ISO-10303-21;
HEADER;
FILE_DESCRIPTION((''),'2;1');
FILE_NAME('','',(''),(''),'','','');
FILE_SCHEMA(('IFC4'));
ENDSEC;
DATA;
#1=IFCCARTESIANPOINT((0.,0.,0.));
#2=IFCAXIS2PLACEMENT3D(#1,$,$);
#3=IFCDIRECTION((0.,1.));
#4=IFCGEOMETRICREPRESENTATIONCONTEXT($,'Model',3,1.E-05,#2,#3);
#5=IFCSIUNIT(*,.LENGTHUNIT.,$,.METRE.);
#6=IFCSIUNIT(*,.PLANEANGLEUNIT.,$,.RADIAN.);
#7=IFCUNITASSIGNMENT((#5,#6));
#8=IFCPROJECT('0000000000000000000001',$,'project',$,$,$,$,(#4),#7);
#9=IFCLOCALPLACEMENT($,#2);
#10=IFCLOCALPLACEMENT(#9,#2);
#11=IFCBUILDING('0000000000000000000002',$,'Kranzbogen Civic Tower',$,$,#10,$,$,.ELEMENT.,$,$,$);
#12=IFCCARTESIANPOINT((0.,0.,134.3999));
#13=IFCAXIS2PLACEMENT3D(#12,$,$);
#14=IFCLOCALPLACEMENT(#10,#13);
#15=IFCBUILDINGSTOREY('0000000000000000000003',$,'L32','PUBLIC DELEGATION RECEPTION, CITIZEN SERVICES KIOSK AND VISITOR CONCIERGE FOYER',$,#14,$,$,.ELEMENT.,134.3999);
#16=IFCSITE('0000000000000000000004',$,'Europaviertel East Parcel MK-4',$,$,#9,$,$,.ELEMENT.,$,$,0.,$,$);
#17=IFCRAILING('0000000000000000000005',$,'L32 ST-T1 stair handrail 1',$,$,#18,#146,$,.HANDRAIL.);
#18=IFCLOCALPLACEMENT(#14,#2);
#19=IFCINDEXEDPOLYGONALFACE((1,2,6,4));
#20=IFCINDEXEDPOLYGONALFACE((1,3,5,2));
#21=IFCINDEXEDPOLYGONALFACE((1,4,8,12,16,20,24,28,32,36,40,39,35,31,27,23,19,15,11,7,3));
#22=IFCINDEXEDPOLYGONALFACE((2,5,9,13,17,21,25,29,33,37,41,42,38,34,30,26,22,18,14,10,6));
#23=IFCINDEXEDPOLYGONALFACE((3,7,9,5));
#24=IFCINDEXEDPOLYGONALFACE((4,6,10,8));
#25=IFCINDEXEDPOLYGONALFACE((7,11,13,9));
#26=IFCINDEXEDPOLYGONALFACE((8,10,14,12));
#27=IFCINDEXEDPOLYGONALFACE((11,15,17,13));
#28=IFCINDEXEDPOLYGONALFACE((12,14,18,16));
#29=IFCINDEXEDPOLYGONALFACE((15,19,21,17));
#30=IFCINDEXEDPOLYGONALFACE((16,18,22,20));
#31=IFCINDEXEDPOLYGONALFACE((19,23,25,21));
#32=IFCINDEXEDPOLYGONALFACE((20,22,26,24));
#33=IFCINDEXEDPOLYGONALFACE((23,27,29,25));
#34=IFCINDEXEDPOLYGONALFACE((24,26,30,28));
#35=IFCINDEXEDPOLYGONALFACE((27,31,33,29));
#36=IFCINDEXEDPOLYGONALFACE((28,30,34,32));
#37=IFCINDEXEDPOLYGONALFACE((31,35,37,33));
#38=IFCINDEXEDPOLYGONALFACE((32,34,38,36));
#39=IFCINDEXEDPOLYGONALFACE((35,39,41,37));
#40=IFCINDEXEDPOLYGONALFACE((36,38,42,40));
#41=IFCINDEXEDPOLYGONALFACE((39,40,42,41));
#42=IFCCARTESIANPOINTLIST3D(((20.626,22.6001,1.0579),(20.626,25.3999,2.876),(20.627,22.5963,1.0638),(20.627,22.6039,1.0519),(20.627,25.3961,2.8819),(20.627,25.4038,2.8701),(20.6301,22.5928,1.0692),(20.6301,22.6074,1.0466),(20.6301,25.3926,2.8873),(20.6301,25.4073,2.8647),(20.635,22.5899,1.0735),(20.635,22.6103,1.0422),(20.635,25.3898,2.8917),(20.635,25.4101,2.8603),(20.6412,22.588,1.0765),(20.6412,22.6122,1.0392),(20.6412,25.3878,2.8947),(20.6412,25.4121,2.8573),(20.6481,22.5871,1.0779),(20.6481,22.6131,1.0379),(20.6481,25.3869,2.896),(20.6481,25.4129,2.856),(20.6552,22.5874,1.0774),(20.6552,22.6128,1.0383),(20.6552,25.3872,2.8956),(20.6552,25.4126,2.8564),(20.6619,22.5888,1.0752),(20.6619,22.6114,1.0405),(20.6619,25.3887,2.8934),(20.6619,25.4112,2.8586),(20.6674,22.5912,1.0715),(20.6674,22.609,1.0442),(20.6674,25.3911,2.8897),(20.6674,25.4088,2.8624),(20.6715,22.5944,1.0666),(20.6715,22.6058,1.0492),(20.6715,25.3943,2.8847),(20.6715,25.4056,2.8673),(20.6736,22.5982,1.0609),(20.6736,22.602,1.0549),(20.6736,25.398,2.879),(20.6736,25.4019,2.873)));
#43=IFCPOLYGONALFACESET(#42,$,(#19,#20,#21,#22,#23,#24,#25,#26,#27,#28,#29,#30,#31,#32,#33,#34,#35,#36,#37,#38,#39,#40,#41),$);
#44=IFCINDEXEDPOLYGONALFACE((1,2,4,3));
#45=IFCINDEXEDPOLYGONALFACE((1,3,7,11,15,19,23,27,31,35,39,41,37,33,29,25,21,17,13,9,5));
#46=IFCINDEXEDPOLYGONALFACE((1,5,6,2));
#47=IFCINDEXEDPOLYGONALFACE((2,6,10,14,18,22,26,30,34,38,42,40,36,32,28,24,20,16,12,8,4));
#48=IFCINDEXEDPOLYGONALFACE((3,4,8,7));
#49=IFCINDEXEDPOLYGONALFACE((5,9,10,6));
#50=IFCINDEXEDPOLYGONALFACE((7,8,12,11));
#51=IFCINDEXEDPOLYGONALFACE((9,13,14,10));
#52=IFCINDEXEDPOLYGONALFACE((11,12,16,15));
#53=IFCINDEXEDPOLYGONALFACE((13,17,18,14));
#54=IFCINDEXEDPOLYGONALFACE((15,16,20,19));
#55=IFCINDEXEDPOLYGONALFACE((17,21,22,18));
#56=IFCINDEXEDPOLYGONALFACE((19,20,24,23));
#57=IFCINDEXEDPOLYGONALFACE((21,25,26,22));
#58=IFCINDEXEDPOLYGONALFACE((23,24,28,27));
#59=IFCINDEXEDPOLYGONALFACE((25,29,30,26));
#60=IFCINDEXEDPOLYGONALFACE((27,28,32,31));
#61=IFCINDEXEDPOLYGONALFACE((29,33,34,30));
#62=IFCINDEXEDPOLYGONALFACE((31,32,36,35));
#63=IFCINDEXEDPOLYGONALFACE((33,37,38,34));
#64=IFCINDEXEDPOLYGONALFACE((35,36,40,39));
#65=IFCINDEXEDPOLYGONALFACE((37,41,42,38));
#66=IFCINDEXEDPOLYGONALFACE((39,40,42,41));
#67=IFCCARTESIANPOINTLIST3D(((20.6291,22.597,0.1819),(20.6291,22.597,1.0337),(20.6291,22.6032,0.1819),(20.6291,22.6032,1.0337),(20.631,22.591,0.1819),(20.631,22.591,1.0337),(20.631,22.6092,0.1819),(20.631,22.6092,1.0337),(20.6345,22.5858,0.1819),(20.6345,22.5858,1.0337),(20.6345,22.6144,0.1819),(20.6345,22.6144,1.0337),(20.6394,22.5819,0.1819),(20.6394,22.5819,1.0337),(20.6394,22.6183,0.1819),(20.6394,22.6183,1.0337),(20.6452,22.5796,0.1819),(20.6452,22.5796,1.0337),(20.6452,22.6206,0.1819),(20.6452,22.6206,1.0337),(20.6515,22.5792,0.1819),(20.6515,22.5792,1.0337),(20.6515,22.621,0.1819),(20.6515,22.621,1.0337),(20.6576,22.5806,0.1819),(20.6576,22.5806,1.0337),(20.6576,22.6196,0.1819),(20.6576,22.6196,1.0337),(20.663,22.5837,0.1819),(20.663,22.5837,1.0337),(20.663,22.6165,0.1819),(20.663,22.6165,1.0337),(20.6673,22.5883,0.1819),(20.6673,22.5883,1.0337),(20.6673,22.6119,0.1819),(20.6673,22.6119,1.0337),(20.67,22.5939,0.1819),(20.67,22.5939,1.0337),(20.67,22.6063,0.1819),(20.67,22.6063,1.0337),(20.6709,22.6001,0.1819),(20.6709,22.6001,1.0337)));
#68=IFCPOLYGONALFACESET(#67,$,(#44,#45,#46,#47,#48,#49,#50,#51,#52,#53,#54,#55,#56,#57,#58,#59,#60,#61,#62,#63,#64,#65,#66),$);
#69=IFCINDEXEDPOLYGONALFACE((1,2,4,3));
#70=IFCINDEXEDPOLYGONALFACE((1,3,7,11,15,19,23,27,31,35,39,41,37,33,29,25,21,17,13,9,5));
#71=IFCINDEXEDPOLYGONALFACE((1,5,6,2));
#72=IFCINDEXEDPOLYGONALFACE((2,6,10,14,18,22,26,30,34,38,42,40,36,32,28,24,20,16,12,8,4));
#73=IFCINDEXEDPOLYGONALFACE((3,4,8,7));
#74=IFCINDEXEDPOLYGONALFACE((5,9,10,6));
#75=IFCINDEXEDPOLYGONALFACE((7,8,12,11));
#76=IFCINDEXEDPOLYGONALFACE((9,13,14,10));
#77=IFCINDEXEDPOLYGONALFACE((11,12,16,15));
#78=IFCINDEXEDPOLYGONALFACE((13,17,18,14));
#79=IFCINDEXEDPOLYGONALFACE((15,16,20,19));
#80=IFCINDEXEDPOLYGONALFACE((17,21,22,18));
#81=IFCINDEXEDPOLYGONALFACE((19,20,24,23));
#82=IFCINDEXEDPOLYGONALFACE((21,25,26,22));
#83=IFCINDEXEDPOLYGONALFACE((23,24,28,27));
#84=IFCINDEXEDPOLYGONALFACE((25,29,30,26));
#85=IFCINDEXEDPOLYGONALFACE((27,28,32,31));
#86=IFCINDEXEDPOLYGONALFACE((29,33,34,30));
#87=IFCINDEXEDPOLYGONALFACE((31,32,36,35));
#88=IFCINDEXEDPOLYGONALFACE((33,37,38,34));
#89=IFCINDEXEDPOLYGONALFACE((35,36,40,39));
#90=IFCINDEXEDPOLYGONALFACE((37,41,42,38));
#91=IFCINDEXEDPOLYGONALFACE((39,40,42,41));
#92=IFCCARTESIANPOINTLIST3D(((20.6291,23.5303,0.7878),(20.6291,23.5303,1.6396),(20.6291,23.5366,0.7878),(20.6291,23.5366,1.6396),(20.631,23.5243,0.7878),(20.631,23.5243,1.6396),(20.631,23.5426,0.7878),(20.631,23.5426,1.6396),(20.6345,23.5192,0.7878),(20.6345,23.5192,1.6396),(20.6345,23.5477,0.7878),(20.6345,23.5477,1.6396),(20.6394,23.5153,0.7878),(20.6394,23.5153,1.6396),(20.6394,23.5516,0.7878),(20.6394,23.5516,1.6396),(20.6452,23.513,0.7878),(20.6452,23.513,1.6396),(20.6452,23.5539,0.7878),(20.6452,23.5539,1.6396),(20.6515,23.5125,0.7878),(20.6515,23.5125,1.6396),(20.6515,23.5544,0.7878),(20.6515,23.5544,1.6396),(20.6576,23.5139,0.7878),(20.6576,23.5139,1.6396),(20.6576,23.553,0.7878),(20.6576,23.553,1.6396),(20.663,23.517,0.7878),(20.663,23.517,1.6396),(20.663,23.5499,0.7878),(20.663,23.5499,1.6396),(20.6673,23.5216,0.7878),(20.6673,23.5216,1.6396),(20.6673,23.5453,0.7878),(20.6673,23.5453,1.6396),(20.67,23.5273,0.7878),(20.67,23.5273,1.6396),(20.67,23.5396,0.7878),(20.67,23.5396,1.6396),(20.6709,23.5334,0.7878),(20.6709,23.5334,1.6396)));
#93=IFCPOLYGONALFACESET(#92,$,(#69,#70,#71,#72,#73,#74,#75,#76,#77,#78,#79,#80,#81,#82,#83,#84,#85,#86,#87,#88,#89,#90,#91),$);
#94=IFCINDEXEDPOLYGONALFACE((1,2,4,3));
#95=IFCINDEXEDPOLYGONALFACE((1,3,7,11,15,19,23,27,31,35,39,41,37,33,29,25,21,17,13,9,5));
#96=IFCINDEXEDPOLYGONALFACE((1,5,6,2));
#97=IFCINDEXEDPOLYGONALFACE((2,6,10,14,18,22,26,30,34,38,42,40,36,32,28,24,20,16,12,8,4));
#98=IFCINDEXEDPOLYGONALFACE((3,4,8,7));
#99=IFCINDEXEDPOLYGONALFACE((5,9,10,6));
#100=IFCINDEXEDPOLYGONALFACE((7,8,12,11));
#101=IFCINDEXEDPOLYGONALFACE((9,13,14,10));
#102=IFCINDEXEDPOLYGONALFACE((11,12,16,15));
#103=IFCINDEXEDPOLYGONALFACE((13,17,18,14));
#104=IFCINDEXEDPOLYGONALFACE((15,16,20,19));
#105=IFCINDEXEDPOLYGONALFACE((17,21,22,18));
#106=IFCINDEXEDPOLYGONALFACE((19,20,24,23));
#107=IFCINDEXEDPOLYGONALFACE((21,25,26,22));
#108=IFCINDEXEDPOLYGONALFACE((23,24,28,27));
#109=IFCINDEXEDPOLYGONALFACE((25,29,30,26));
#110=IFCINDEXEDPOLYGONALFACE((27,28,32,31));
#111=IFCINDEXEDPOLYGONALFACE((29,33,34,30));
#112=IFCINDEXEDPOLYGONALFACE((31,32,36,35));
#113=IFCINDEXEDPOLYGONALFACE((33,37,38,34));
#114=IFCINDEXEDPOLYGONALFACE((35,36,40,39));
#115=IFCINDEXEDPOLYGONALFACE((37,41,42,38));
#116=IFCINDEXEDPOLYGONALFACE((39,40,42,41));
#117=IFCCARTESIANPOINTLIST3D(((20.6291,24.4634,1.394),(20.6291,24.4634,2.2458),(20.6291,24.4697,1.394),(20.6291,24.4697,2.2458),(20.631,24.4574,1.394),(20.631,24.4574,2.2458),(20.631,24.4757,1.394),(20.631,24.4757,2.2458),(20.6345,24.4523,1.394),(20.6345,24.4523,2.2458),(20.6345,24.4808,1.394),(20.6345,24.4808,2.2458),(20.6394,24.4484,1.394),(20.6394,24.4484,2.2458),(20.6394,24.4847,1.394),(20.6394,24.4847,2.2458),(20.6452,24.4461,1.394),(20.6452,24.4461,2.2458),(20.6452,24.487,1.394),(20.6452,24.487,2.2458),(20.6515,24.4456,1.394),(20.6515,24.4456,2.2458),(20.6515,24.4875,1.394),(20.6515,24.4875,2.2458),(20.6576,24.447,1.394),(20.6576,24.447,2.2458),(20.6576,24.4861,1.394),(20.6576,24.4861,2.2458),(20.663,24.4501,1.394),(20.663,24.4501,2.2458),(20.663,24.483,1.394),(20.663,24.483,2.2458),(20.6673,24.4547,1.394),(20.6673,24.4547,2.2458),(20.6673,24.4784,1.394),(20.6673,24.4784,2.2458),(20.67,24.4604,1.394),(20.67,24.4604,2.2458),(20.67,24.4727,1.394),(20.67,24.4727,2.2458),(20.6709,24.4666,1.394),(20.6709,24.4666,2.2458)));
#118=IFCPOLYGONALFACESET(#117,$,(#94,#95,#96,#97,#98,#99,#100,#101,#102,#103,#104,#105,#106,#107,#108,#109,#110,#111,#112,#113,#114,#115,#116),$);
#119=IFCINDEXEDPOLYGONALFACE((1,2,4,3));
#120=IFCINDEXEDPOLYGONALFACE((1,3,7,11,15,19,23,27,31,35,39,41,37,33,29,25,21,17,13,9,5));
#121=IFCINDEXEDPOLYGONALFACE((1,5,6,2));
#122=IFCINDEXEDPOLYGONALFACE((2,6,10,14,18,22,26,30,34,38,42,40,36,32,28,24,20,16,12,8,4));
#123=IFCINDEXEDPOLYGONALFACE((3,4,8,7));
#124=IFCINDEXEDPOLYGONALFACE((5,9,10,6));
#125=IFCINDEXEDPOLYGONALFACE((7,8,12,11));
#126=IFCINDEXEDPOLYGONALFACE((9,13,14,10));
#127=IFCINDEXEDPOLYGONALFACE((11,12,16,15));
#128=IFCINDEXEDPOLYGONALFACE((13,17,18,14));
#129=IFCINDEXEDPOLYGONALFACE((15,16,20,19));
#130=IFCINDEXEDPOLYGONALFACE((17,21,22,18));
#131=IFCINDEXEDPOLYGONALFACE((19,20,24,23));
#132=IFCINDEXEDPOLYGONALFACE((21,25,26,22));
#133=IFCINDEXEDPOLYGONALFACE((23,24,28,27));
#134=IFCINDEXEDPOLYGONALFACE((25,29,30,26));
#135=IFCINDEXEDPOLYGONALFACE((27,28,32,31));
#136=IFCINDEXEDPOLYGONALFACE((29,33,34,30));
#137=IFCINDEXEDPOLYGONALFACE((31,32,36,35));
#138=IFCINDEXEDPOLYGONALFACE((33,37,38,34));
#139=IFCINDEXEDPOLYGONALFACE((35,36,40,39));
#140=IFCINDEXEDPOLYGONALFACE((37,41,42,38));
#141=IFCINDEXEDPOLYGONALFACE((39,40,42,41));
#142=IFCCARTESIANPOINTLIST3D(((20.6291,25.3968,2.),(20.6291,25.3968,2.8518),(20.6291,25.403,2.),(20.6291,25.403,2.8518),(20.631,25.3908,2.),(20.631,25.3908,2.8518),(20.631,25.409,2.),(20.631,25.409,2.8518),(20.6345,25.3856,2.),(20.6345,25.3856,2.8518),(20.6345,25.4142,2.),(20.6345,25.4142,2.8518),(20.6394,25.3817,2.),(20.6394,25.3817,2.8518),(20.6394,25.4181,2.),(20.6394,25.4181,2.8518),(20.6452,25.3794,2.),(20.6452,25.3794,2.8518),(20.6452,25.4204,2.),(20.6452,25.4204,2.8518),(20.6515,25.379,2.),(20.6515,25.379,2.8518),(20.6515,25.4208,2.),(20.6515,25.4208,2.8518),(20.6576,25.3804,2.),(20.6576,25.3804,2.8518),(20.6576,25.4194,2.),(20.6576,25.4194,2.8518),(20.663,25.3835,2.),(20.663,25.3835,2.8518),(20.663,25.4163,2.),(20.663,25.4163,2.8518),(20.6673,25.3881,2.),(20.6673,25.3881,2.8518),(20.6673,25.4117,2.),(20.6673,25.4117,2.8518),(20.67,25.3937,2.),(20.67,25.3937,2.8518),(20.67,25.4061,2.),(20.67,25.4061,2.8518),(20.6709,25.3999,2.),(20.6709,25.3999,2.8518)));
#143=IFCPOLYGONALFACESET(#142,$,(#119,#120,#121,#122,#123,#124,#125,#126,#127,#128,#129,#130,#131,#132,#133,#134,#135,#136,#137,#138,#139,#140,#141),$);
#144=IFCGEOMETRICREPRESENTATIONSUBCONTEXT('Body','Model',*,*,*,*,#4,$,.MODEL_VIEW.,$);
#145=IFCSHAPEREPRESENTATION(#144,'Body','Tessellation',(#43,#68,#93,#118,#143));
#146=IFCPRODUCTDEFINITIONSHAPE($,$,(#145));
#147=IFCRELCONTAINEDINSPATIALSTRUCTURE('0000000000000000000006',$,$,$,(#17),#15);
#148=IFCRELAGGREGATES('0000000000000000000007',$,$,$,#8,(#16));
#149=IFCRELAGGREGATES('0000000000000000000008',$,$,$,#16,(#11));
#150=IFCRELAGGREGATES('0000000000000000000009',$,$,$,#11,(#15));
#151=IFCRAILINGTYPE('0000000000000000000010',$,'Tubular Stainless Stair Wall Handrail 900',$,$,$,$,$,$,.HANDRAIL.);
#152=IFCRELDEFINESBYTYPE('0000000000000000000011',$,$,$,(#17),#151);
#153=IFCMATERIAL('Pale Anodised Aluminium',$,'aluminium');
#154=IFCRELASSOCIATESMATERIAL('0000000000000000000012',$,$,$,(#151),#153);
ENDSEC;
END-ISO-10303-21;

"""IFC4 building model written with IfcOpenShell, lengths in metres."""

from ifc_helpers import new_model, si_unit, direction, frame, origin, origin_2d, place, context, subcontext, project, spatial, circle, extrude, material, type_object, element, save


model = new_model("IFC4")

# Units and contexts
model_context = context("Model", 3, precision=1e-05, world=origin(), true_north=direction((0.0, 1.0)))
body_context = subcontext(model_context, "Body", "Model", "MODEL_VIEW")
ifc_project = project(units=[si_unit("LENGTHUNIT", "METRE"), si_unit("PLANEANGLEUNIT", "RADIAN")], contexts=[model_context])

# Site, building, storey
site_placement = place(None, origin())
site = spatial("IfcSite", under=ifc_project, at=site_placement, Name="Europaviertel East Parcel MK-4", CompositionType="ELEMENT", RefElevation=0.0)
building_placement = place(site_placement, origin())
building = spatial("IfcBuilding", under=site, at=building_placement, Name="Kranzbogen Civic Tower", CompositionType="ELEMENT")
storey_placement = place(building_placement, frame((0.0, 0.0, 134.3999)))
storey = spatial("IfcBuildingStorey", under=building, at=storey_placement, Name="L32", Description="PUBLIC DELEGATION RECEPTION, CITIZEN SERVICES KIOSK AND VISITOR CONCIERGE FOYER", CompositionType="ELEMENT", Elevation=134.3999)

# Shared definitions
ifc_material_1 = material(Name="Pale Anodised Aluminium", Category="aluminium")

# Railing
railing_type_1 = type_object("IfcRailingType", Name="Tubular Stainless Stair Wall Handrail 900", PredefinedType="HANDRAIL", material=ifc_material_1)
railing_1_placement = place(storey_placement, frame((20.6499, 22.6001, 0.1819)))
element("IfcRailing", 1, at=railing_1_placement, inside=storey, type_object=railing_type_1, Name="L32 ST-T1 stair handrail 1", PredefinedType="HANDRAIL", context=body_context, shape_type="SweptSolid", body=[
    extrude(circle(Radius=0.0239, at=origin_2d()), frame((0.0, 0.0, 0.876), z_axis=(0.0, 0.838684, 0.544618), x_axis=(-1.0, 0.0, 0.0)), (0.0, 0.0, 1.0), 3.3384),
    extrude(circle(Radius=0.021, at=origin_2d()), origin(), (0.0, 0.0, 1.0), 0.8518),
    extrude(circle(Radius=0.021, at=origin_2d()), frame((0.0, 0.9333, 0.606)), (0.0, 0.0, 1.0), 0.8518),
    extrude(circle(Radius=0.021, at=origin_2d()), frame((0.0, 1.8665, 1.2122)), (0.0, 0.0, 1.0), 0.8518),
    extrude(circle(Radius=0.021, at=origin_2d()), frame((0.0, 2.7998, 1.8181)), (0.0, 0.0, 1.0), 0.8518),
])

save(model, "model.ifc")
